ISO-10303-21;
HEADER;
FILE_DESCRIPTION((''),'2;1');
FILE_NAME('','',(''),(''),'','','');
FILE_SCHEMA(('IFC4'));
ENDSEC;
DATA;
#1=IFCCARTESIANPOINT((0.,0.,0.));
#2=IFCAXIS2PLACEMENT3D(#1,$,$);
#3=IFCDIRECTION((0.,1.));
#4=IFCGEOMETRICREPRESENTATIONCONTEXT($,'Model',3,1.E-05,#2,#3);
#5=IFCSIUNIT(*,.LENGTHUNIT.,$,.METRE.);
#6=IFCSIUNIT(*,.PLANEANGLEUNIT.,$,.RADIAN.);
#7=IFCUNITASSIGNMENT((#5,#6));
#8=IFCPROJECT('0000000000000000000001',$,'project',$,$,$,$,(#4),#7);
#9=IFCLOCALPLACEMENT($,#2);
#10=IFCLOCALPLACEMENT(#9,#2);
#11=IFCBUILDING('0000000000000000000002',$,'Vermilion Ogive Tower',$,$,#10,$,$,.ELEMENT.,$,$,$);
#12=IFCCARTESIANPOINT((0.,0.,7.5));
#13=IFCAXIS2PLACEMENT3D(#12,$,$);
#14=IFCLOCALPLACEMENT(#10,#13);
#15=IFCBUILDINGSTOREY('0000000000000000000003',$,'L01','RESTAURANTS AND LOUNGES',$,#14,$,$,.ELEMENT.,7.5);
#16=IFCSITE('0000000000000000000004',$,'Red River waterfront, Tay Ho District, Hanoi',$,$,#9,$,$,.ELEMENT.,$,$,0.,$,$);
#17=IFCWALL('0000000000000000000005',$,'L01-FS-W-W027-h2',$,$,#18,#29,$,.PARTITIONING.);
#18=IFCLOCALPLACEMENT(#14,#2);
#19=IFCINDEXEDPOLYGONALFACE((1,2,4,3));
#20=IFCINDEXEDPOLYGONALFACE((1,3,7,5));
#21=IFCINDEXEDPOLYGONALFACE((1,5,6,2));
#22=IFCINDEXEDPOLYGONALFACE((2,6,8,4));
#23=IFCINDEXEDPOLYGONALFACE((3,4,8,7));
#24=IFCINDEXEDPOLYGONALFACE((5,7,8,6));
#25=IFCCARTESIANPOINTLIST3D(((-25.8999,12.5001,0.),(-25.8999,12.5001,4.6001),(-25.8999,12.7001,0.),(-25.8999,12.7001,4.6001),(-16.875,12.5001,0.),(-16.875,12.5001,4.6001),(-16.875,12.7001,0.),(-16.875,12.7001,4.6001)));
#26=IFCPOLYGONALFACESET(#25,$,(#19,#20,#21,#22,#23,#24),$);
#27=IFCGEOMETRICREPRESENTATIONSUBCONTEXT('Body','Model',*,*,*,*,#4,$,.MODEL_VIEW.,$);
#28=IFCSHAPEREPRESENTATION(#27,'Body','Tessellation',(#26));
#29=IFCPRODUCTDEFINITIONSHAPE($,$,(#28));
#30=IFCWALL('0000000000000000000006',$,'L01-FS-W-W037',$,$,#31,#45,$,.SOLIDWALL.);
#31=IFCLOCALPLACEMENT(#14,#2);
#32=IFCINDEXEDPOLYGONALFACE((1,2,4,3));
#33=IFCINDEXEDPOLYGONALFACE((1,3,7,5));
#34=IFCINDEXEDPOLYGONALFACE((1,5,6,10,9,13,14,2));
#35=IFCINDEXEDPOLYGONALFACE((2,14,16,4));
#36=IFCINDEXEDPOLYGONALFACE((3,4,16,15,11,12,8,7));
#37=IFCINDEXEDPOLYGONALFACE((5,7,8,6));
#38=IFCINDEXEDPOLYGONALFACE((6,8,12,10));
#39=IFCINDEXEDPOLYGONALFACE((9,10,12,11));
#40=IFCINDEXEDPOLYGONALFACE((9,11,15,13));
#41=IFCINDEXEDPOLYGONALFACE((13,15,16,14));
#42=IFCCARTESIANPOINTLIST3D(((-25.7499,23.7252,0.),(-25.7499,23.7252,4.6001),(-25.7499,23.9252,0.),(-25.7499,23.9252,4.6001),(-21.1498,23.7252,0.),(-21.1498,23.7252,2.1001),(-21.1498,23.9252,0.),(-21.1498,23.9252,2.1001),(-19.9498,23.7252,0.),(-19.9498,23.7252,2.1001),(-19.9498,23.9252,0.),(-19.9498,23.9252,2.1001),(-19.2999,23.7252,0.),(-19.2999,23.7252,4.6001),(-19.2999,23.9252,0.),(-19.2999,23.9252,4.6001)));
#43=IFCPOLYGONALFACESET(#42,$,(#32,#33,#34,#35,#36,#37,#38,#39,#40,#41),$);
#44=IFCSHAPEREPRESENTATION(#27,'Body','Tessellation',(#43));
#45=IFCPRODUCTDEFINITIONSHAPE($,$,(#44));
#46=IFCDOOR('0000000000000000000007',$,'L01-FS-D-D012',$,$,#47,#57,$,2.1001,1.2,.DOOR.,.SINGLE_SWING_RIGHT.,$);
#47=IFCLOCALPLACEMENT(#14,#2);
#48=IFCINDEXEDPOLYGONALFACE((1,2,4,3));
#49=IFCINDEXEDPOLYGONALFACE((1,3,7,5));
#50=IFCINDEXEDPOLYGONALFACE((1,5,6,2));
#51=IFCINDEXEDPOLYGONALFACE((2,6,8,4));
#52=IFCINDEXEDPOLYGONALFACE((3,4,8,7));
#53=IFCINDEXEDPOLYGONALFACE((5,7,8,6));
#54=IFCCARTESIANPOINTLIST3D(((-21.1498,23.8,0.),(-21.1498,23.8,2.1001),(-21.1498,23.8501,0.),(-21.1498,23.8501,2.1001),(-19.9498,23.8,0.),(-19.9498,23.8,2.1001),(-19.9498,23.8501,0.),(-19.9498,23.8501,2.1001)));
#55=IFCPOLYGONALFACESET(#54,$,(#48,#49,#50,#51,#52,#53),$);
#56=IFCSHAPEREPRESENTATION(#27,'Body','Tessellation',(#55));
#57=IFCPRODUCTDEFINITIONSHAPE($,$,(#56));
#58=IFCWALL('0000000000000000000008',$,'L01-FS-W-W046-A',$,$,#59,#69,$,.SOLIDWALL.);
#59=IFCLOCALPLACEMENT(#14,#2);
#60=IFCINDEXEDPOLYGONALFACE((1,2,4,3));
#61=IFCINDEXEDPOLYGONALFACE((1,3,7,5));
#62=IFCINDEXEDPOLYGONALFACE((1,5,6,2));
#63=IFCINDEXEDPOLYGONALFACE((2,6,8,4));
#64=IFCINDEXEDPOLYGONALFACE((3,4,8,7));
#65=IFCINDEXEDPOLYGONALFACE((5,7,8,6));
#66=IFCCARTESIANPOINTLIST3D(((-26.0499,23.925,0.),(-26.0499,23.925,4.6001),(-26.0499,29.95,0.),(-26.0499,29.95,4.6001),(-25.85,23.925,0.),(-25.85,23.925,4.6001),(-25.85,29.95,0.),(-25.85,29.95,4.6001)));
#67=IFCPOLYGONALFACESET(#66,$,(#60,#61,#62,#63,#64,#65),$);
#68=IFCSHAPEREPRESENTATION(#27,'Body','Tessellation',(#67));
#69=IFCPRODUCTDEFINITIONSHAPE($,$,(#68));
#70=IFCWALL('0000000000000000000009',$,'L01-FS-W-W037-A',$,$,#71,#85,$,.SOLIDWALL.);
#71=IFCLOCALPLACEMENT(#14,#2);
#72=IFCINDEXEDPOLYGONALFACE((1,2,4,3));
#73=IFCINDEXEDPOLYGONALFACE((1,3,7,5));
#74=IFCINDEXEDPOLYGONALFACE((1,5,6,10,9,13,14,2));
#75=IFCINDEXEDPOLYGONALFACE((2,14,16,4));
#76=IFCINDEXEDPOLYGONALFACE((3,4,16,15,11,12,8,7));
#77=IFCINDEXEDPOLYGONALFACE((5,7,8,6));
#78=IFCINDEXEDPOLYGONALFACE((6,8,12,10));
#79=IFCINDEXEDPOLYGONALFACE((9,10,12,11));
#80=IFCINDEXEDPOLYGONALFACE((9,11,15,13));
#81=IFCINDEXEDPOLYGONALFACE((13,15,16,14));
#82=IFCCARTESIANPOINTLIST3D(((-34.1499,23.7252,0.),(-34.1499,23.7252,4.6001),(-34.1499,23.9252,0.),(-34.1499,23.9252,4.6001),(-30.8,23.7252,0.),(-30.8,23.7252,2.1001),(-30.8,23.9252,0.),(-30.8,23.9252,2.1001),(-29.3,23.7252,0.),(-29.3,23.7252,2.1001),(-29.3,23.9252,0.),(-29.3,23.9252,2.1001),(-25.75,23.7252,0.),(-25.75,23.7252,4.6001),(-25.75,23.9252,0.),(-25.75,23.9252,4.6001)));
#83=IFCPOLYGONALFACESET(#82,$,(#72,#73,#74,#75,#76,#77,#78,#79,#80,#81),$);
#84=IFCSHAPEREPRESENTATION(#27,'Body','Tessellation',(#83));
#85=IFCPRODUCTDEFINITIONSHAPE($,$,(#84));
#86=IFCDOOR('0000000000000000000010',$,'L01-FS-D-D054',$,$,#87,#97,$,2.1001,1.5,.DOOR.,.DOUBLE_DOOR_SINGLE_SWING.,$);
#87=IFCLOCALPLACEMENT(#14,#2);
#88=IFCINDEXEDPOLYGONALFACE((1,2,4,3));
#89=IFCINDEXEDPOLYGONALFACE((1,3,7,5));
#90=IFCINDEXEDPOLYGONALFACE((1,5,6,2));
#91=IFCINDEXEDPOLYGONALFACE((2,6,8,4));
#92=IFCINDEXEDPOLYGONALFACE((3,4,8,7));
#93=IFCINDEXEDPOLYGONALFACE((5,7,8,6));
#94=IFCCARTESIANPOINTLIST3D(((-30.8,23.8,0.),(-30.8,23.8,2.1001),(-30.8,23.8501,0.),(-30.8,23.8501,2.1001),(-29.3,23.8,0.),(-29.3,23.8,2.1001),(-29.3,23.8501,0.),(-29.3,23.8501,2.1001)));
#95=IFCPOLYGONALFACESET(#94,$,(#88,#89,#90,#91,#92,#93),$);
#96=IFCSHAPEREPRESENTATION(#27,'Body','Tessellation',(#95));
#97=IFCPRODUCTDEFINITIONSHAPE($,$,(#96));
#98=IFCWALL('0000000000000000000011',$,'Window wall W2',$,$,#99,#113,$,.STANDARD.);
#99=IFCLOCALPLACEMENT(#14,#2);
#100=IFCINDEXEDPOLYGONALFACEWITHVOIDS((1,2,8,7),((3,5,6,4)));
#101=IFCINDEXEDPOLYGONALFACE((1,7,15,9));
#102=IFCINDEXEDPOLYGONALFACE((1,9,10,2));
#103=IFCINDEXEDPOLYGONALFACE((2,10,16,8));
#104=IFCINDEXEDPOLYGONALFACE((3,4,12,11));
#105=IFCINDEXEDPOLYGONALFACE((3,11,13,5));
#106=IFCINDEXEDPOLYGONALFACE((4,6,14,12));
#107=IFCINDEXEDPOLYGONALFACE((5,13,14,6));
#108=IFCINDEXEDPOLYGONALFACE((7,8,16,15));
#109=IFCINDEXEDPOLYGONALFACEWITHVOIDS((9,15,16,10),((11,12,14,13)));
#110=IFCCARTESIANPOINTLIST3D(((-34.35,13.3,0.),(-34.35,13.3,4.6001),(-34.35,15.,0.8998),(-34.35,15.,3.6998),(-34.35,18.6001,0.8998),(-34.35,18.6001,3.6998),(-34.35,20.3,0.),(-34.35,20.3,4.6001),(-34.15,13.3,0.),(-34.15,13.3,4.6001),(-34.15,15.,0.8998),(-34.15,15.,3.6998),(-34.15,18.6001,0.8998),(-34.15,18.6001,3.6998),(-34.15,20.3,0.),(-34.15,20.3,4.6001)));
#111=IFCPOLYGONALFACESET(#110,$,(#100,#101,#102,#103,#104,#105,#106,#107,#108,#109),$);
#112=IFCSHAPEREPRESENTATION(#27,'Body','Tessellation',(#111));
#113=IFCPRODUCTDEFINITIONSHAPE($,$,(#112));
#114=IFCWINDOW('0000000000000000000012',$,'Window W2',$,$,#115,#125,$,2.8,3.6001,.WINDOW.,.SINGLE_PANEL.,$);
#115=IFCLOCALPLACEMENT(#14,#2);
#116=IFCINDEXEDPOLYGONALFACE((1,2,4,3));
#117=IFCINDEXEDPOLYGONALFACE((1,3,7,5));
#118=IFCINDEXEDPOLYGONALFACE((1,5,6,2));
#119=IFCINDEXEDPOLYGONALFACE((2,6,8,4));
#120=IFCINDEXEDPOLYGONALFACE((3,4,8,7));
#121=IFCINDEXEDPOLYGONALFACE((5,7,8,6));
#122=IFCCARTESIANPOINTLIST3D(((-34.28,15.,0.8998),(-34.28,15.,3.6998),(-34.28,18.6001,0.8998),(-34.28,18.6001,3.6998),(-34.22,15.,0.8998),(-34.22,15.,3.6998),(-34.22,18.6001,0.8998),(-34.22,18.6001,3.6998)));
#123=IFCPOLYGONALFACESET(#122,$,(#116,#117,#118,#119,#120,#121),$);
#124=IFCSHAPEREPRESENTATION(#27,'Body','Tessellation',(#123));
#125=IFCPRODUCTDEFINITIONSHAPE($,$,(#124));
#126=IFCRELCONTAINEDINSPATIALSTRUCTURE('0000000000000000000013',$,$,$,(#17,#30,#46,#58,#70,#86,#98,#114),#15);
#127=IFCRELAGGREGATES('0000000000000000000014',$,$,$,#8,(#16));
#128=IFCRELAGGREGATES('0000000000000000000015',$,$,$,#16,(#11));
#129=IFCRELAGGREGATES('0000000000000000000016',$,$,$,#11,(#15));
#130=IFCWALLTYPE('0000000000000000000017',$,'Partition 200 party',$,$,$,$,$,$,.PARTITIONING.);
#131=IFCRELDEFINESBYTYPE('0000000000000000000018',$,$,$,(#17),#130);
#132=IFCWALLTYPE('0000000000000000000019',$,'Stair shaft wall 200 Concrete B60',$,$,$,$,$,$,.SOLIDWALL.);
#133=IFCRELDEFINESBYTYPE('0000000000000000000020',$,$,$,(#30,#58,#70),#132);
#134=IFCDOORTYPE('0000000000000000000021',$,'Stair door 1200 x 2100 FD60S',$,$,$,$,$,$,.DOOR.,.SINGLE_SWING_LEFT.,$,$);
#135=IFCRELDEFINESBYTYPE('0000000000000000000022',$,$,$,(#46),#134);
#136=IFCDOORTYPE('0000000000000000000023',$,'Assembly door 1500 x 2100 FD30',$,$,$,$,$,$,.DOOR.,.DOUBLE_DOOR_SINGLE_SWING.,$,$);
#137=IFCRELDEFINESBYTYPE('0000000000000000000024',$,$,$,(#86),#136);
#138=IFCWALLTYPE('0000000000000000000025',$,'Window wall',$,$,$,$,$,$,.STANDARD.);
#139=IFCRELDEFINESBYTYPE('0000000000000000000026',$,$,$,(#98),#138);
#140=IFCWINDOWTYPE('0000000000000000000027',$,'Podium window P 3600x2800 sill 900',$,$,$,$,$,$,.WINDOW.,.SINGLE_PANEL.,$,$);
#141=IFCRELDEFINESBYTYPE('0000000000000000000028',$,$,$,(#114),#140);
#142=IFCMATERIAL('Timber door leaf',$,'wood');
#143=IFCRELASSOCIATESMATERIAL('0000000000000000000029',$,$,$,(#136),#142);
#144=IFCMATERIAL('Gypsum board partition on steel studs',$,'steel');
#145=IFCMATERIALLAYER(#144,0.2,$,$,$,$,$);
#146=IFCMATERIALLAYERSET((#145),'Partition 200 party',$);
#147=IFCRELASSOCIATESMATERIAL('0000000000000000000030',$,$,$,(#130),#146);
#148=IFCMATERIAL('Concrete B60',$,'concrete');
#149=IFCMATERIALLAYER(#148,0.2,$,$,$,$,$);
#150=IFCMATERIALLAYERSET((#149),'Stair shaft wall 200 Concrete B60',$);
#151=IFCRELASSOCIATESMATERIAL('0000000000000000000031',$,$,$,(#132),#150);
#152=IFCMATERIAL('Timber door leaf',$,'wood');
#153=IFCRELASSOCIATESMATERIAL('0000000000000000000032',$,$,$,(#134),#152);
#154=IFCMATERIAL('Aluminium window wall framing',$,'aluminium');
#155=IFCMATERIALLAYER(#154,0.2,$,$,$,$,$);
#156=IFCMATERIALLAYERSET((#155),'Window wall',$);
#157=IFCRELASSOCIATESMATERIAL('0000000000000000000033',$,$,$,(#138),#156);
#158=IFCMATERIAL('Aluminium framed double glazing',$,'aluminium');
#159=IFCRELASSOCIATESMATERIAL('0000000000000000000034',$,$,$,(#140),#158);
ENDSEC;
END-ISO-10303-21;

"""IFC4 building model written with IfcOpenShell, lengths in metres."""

from ifc_helpers import new_model, si_unit, direction, frame, frame_2d, origin, place, context, subcontext, project, spatial, rectangle, extrude, material, layer, layer_set, type_object, element, fill, save


model = new_model("IFC4")

# Units and contexts
model_context = context("Model", 3, precision=1e-05, world=origin(), true_north=direction((0.0, 1.0)))
body_context = subcontext(model_context, "Body", "Model", "MODEL_VIEW")
ifc_project = project(units=[si_unit("LENGTHUNIT", "METRE"), si_unit("PLANEANGLEUNIT", "RADIAN")], contexts=[model_context])

# Site, building, storey
site_placement = place(None, origin())
site = spatial("IfcSite", under=ifc_project, at=site_placement, Name="Red River waterfront, Tay Ho District, Hanoi", CompositionType="ELEMENT", RefElevation=0.0)
building_placement = place(site_placement, origin())
building = spatial("IfcBuilding", under=site, at=building_placement, Name="Vermilion Ogive Tower", CompositionType="ELEMENT")
storey_placement = place(building_placement, frame((0.0, 0.0, 7.5)))
storey = spatial("IfcBuildingStorey", under=building, at=storey_placement, Name="L01", Description="RESTAURANTS AND LOUNGES", CompositionType="ELEMENT", Elevation=7.5)

# Shared definitions
ifc_material_1 = material(Name="Timber door leaf", Category="wood")
door_type_1 = type_object("IfcDoorType", Name="Assembly door 1500 x 2100 FD30", OperationType="DOUBLE_DOOR_SINGLE_SWING", PredefinedType="DOOR", material=ifc_material_1)

# Shared definitions
ifc_material_2 = material(Name="Gypsum board partition on steel studs", Category="steel")
ifc_layer_1 = layer(ifc_material_2, 0.2)
ifc_layer_set_1 = layer_set([ifc_layer_1], Name="Partition 200 party")
wall_type_1 = type_object("IfcWallType", Name="Partition 200 party", PredefinedType="PARTITIONING", material=ifc_layer_set_1)

# Wall
wall_1_placement = place(storey_placement, frame((-25.8999, 12.6001, 0.0), z_axis=(0.0, 0.0, 1.0), x_axis=(1.0, 0.0, 0.0)))
element("IfcWall", 1, at=wall_1_placement, inside=storey, type_object=wall_type_1, Name="L01-FS-W-W027-h2", PredefinedType="PARTITIONING", context=body_context, shape_type="SweptSolid", body=[
    extrude(rectangle(XDim=9.0249, YDim=0.2, at=frame_2d((4.5125, 0.0))), origin(), (0.0, 0.0, 1.0), 4.6001),
])

# Wall, opening, door
ifc_material_3 = material(Name="Concrete B60", Category="concrete")
ifc_layer_2 = layer(ifc_material_3, 0.2)
ifc_layer_set_2 = layer_set([ifc_layer_2], Name="Stair shaft wall 200 Concrete B60")
wall_type_2 = type_object("IfcWallType", Name="Stair shaft wall 200 Concrete B60", PredefinedType="SOLIDWALL", material=ifc_layer_set_2)
wall_2_placement = place(storey_placement, frame((-25.75, 23.8252, 0.0), z_axis=(0.0, 0.0, 1.0), x_axis=(1.0, 0.0, 0.0)))
wall_2 = element("IfcWall", 2, at=wall_2_placement, inside=storey, type_object=wall_type_2, Name="L01-FS-W-W037", PredefinedType="SOLIDWALL", context=body_context, shape_type="SweptSolid", body=[
    extrude(rectangle(XDim=6.45, YDim=0.2, at=frame_2d((3.2251, 0.0))), origin(), (0.0, 0.0, 1.0), 4.6001),
])
opening_1_placement = place(wall_2_placement, frame((4.6001, 0.0, 0.0)))
opening_1 = element("IfcOpeningElement", 3, at=opening_1_placement, cuts=wall_2, PredefinedType="OPENING", context=body_context, shape_type="SweptSolid", body=[
    extrude(rectangle(XDim=1.2, YDim=2.1001, at=frame_2d((0.6001, 1.05))), frame((0.0, 0.1099, 0.0), z_axis=(0.0, -1.0, 0.0), x_axis=(1.0, 0.0, 0.0)), (0.0, 0.0, 1.0), 0.22),
])
ifc_material_4 = material(Name="Timber door leaf", Category="wood")
door_type_2 = type_object("IfcDoorType", Name="Stair door 1200 x 2100 FD60S", OperationType="SINGLE_SWING_LEFT", PredefinedType="DOOR", material=ifc_material_4)
door_1_placement = place(opening_1_placement, origin())
door_1 = element("IfcDoor", 4, at=door_1_placement, inside=storey, type_object=door_type_2, Name="L01-FS-D-D012", OperationType="SINGLE_SWING_RIGHT", OverallHeight=2.1001, OverallWidth=1.2, PredefinedType="DOOR", context=body_context, shape_type="SweptSolid", body=[
    extrude(rectangle(XDim=1.2, YDim=2.1001, at=frame_2d((0.6001, 1.05))), frame((0.0, 0.0249, 0.0), z_axis=(0.0, -1.0, 0.0), x_axis=(1.0, 0.0, 0.0)), (0.0, 0.0, 1.0), 0.05),
])
fill(opening_1, door_1)

# Wall
wall_3_placement = place(storey_placement, frame((-25.95, 23.925, 0.0), z_axis=(0.0, 0.0, 1.0), x_axis=(0.0, 1.0, 0.0)))
element("IfcWall", 5, at=wall_3_placement, inside=storey, type_object=wall_type_2, Name="L01-FS-W-W046-A", PredefinedType="SOLIDWALL", context=body_context, shape_type="SweptSolid", body=[
    extrude(rectangle(XDim=6.0249, YDim=0.2, at=frame_2d((3.0125, 0.0))), origin(), (0.0, 0.0, 1.0), 4.6001),
])

# Wall, opening, door
wall_4_placement = place(storey_placement, frame((-34.1499, 23.8252, 0.0), z_axis=(0.0, 0.0, 1.0), x_axis=(1.0, 0.0, 0.0)))
wall_4 = element("IfcWall", 6, at=wall_4_placement, inside=storey, type_object=wall_type_2, Name="L01-FS-W-W037-A", PredefinedType="SOLIDWALL", context=body_context, shape_type="SweptSolid", body=[
    extrude(rectangle(XDim=8.3999, YDim=0.2, at=frame_2d((4.2, 0.0))), origin(), (0.0, 0.0, 1.0), 4.6001),
])
opening_2_placement = place(wall_4_placement, frame((3.3499, 0.0, 0.0)))
opening_2 = element("IfcOpeningElement", 7, at=opening_2_placement, cuts=wall_4, PredefinedType="OPENING", context=body_context, shape_type="SweptSolid", body=[
    extrude(rectangle(XDim=1.5, YDim=2.1001, at=frame_2d((0.75, 1.05))), frame((0.0, 0.1099, 0.0), z_axis=(0.0, -1.0, 0.0), x_axis=(1.0, 0.0, 0.0)), (0.0, 0.0, 1.0), 0.22),
])
door_2_placement = place(opening_2_placement, origin())
door_2 = element("IfcDoor", 8, at=door_2_placement, inside=storey, type_object=door_type_1, Name="L01-FS-D-D054", OperationType="DOUBLE_DOOR_SINGLE_SWING", OverallHeight=2.1001, OverallWidth=1.5, PredefinedType="DOOR", context=body_context, shape_type="SweptSolid", body=[
    extrude(rectangle(XDim=1.5, YDim=2.1001, at=frame_2d((0.75, 1.05))), frame((0.0, 0.0249, 0.0), z_axis=(0.0, -1.0, 0.0), x_axis=(1.0, 0.0, 0.0)), (0.0, 0.0, 1.0), 0.05),
])
fill(opening_2, door_2)

# Wall, opening, window
ifc_material_5 = material(Name="Aluminium window wall framing", Category="aluminium")
ifc_layer_3 = layer(ifc_material_5, 0.2)
ifc_layer_set_3 = layer_set([ifc_layer_3], Name="Window wall")
wall_type_3 = type_object("IfcWallType", Name="Window wall", PredefinedType="STANDARD", material=ifc_layer_set_3)
wall_5_placement = place(storey_placement, frame((-34.25, 20.3, 0.0), z_axis=(0.0, 0.0, 1.0), x_axis=(0.0, -1.0, 0.0)))
wall_5 = element("IfcWall", 9, at=wall_5_placement, inside=storey, type_object=wall_type_3, Name="Window wall W2", PredefinedType="STANDARD", context=body_context, shape_type="SweptSolid", body=[
    extrude(rectangle(XDim=7.0, YDim=0.2, at=frame_2d((3.5, 0.0))), origin(), (0.0, 0.0, 1.0), 4.6001),
])
opening_3_placement = place(wall_5_placement, frame((1.7, 0.0, 0.8999)))
opening_3 = element("IfcOpeningElement", 10, at=opening_3_placement, cuts=wall_5, PredefinedType="OPENING", context=body_context, shape_type="SweptSolid", body=[
    extrude(rectangle(XDim=3.6001, YDim=2.8, at=frame_2d((1.8, 1.3999))), frame((0.0, 0.1099, 0.0), z_axis=(0.0, -1.0, 0.0), x_axis=(1.0, 0.0, 0.0)), (0.0, 0.0, 1.0), 0.22),
])
ifc_material_6 = material(Name="Aluminium framed double glazing", Category="aluminium")
window_type = type_object("IfcWindowType", Name="Podium window P 3600x2800 sill 900", PartitioningType="SINGLE_PANEL", PredefinedType="WINDOW", material=ifc_material_6)
window_placement = place(opening_3_placement, origin())
window = element("IfcWindow", 11, at=window_placement, inside=storey, type_object=window_type, Name="Window W2", OverallHeight=2.8, OverallWidth=3.6001, PartitioningType="SINGLE_PANEL", PredefinedType="WINDOW", context=body_context, shape_type="SweptSolid", body=[
    extrude(rectangle(XDim=3.6001, YDim=2.8, at=frame_2d((1.8, 1.3999))), frame((0.0, 0.03, 0.0), z_axis=(0.0, -1.0, 0.0), x_axis=(1.0, 0.0, 0.0)), (0.0, 0.0, 1.0), 0.0601),
])
fill(opening_3, window)

save(model, "model.ifc")
